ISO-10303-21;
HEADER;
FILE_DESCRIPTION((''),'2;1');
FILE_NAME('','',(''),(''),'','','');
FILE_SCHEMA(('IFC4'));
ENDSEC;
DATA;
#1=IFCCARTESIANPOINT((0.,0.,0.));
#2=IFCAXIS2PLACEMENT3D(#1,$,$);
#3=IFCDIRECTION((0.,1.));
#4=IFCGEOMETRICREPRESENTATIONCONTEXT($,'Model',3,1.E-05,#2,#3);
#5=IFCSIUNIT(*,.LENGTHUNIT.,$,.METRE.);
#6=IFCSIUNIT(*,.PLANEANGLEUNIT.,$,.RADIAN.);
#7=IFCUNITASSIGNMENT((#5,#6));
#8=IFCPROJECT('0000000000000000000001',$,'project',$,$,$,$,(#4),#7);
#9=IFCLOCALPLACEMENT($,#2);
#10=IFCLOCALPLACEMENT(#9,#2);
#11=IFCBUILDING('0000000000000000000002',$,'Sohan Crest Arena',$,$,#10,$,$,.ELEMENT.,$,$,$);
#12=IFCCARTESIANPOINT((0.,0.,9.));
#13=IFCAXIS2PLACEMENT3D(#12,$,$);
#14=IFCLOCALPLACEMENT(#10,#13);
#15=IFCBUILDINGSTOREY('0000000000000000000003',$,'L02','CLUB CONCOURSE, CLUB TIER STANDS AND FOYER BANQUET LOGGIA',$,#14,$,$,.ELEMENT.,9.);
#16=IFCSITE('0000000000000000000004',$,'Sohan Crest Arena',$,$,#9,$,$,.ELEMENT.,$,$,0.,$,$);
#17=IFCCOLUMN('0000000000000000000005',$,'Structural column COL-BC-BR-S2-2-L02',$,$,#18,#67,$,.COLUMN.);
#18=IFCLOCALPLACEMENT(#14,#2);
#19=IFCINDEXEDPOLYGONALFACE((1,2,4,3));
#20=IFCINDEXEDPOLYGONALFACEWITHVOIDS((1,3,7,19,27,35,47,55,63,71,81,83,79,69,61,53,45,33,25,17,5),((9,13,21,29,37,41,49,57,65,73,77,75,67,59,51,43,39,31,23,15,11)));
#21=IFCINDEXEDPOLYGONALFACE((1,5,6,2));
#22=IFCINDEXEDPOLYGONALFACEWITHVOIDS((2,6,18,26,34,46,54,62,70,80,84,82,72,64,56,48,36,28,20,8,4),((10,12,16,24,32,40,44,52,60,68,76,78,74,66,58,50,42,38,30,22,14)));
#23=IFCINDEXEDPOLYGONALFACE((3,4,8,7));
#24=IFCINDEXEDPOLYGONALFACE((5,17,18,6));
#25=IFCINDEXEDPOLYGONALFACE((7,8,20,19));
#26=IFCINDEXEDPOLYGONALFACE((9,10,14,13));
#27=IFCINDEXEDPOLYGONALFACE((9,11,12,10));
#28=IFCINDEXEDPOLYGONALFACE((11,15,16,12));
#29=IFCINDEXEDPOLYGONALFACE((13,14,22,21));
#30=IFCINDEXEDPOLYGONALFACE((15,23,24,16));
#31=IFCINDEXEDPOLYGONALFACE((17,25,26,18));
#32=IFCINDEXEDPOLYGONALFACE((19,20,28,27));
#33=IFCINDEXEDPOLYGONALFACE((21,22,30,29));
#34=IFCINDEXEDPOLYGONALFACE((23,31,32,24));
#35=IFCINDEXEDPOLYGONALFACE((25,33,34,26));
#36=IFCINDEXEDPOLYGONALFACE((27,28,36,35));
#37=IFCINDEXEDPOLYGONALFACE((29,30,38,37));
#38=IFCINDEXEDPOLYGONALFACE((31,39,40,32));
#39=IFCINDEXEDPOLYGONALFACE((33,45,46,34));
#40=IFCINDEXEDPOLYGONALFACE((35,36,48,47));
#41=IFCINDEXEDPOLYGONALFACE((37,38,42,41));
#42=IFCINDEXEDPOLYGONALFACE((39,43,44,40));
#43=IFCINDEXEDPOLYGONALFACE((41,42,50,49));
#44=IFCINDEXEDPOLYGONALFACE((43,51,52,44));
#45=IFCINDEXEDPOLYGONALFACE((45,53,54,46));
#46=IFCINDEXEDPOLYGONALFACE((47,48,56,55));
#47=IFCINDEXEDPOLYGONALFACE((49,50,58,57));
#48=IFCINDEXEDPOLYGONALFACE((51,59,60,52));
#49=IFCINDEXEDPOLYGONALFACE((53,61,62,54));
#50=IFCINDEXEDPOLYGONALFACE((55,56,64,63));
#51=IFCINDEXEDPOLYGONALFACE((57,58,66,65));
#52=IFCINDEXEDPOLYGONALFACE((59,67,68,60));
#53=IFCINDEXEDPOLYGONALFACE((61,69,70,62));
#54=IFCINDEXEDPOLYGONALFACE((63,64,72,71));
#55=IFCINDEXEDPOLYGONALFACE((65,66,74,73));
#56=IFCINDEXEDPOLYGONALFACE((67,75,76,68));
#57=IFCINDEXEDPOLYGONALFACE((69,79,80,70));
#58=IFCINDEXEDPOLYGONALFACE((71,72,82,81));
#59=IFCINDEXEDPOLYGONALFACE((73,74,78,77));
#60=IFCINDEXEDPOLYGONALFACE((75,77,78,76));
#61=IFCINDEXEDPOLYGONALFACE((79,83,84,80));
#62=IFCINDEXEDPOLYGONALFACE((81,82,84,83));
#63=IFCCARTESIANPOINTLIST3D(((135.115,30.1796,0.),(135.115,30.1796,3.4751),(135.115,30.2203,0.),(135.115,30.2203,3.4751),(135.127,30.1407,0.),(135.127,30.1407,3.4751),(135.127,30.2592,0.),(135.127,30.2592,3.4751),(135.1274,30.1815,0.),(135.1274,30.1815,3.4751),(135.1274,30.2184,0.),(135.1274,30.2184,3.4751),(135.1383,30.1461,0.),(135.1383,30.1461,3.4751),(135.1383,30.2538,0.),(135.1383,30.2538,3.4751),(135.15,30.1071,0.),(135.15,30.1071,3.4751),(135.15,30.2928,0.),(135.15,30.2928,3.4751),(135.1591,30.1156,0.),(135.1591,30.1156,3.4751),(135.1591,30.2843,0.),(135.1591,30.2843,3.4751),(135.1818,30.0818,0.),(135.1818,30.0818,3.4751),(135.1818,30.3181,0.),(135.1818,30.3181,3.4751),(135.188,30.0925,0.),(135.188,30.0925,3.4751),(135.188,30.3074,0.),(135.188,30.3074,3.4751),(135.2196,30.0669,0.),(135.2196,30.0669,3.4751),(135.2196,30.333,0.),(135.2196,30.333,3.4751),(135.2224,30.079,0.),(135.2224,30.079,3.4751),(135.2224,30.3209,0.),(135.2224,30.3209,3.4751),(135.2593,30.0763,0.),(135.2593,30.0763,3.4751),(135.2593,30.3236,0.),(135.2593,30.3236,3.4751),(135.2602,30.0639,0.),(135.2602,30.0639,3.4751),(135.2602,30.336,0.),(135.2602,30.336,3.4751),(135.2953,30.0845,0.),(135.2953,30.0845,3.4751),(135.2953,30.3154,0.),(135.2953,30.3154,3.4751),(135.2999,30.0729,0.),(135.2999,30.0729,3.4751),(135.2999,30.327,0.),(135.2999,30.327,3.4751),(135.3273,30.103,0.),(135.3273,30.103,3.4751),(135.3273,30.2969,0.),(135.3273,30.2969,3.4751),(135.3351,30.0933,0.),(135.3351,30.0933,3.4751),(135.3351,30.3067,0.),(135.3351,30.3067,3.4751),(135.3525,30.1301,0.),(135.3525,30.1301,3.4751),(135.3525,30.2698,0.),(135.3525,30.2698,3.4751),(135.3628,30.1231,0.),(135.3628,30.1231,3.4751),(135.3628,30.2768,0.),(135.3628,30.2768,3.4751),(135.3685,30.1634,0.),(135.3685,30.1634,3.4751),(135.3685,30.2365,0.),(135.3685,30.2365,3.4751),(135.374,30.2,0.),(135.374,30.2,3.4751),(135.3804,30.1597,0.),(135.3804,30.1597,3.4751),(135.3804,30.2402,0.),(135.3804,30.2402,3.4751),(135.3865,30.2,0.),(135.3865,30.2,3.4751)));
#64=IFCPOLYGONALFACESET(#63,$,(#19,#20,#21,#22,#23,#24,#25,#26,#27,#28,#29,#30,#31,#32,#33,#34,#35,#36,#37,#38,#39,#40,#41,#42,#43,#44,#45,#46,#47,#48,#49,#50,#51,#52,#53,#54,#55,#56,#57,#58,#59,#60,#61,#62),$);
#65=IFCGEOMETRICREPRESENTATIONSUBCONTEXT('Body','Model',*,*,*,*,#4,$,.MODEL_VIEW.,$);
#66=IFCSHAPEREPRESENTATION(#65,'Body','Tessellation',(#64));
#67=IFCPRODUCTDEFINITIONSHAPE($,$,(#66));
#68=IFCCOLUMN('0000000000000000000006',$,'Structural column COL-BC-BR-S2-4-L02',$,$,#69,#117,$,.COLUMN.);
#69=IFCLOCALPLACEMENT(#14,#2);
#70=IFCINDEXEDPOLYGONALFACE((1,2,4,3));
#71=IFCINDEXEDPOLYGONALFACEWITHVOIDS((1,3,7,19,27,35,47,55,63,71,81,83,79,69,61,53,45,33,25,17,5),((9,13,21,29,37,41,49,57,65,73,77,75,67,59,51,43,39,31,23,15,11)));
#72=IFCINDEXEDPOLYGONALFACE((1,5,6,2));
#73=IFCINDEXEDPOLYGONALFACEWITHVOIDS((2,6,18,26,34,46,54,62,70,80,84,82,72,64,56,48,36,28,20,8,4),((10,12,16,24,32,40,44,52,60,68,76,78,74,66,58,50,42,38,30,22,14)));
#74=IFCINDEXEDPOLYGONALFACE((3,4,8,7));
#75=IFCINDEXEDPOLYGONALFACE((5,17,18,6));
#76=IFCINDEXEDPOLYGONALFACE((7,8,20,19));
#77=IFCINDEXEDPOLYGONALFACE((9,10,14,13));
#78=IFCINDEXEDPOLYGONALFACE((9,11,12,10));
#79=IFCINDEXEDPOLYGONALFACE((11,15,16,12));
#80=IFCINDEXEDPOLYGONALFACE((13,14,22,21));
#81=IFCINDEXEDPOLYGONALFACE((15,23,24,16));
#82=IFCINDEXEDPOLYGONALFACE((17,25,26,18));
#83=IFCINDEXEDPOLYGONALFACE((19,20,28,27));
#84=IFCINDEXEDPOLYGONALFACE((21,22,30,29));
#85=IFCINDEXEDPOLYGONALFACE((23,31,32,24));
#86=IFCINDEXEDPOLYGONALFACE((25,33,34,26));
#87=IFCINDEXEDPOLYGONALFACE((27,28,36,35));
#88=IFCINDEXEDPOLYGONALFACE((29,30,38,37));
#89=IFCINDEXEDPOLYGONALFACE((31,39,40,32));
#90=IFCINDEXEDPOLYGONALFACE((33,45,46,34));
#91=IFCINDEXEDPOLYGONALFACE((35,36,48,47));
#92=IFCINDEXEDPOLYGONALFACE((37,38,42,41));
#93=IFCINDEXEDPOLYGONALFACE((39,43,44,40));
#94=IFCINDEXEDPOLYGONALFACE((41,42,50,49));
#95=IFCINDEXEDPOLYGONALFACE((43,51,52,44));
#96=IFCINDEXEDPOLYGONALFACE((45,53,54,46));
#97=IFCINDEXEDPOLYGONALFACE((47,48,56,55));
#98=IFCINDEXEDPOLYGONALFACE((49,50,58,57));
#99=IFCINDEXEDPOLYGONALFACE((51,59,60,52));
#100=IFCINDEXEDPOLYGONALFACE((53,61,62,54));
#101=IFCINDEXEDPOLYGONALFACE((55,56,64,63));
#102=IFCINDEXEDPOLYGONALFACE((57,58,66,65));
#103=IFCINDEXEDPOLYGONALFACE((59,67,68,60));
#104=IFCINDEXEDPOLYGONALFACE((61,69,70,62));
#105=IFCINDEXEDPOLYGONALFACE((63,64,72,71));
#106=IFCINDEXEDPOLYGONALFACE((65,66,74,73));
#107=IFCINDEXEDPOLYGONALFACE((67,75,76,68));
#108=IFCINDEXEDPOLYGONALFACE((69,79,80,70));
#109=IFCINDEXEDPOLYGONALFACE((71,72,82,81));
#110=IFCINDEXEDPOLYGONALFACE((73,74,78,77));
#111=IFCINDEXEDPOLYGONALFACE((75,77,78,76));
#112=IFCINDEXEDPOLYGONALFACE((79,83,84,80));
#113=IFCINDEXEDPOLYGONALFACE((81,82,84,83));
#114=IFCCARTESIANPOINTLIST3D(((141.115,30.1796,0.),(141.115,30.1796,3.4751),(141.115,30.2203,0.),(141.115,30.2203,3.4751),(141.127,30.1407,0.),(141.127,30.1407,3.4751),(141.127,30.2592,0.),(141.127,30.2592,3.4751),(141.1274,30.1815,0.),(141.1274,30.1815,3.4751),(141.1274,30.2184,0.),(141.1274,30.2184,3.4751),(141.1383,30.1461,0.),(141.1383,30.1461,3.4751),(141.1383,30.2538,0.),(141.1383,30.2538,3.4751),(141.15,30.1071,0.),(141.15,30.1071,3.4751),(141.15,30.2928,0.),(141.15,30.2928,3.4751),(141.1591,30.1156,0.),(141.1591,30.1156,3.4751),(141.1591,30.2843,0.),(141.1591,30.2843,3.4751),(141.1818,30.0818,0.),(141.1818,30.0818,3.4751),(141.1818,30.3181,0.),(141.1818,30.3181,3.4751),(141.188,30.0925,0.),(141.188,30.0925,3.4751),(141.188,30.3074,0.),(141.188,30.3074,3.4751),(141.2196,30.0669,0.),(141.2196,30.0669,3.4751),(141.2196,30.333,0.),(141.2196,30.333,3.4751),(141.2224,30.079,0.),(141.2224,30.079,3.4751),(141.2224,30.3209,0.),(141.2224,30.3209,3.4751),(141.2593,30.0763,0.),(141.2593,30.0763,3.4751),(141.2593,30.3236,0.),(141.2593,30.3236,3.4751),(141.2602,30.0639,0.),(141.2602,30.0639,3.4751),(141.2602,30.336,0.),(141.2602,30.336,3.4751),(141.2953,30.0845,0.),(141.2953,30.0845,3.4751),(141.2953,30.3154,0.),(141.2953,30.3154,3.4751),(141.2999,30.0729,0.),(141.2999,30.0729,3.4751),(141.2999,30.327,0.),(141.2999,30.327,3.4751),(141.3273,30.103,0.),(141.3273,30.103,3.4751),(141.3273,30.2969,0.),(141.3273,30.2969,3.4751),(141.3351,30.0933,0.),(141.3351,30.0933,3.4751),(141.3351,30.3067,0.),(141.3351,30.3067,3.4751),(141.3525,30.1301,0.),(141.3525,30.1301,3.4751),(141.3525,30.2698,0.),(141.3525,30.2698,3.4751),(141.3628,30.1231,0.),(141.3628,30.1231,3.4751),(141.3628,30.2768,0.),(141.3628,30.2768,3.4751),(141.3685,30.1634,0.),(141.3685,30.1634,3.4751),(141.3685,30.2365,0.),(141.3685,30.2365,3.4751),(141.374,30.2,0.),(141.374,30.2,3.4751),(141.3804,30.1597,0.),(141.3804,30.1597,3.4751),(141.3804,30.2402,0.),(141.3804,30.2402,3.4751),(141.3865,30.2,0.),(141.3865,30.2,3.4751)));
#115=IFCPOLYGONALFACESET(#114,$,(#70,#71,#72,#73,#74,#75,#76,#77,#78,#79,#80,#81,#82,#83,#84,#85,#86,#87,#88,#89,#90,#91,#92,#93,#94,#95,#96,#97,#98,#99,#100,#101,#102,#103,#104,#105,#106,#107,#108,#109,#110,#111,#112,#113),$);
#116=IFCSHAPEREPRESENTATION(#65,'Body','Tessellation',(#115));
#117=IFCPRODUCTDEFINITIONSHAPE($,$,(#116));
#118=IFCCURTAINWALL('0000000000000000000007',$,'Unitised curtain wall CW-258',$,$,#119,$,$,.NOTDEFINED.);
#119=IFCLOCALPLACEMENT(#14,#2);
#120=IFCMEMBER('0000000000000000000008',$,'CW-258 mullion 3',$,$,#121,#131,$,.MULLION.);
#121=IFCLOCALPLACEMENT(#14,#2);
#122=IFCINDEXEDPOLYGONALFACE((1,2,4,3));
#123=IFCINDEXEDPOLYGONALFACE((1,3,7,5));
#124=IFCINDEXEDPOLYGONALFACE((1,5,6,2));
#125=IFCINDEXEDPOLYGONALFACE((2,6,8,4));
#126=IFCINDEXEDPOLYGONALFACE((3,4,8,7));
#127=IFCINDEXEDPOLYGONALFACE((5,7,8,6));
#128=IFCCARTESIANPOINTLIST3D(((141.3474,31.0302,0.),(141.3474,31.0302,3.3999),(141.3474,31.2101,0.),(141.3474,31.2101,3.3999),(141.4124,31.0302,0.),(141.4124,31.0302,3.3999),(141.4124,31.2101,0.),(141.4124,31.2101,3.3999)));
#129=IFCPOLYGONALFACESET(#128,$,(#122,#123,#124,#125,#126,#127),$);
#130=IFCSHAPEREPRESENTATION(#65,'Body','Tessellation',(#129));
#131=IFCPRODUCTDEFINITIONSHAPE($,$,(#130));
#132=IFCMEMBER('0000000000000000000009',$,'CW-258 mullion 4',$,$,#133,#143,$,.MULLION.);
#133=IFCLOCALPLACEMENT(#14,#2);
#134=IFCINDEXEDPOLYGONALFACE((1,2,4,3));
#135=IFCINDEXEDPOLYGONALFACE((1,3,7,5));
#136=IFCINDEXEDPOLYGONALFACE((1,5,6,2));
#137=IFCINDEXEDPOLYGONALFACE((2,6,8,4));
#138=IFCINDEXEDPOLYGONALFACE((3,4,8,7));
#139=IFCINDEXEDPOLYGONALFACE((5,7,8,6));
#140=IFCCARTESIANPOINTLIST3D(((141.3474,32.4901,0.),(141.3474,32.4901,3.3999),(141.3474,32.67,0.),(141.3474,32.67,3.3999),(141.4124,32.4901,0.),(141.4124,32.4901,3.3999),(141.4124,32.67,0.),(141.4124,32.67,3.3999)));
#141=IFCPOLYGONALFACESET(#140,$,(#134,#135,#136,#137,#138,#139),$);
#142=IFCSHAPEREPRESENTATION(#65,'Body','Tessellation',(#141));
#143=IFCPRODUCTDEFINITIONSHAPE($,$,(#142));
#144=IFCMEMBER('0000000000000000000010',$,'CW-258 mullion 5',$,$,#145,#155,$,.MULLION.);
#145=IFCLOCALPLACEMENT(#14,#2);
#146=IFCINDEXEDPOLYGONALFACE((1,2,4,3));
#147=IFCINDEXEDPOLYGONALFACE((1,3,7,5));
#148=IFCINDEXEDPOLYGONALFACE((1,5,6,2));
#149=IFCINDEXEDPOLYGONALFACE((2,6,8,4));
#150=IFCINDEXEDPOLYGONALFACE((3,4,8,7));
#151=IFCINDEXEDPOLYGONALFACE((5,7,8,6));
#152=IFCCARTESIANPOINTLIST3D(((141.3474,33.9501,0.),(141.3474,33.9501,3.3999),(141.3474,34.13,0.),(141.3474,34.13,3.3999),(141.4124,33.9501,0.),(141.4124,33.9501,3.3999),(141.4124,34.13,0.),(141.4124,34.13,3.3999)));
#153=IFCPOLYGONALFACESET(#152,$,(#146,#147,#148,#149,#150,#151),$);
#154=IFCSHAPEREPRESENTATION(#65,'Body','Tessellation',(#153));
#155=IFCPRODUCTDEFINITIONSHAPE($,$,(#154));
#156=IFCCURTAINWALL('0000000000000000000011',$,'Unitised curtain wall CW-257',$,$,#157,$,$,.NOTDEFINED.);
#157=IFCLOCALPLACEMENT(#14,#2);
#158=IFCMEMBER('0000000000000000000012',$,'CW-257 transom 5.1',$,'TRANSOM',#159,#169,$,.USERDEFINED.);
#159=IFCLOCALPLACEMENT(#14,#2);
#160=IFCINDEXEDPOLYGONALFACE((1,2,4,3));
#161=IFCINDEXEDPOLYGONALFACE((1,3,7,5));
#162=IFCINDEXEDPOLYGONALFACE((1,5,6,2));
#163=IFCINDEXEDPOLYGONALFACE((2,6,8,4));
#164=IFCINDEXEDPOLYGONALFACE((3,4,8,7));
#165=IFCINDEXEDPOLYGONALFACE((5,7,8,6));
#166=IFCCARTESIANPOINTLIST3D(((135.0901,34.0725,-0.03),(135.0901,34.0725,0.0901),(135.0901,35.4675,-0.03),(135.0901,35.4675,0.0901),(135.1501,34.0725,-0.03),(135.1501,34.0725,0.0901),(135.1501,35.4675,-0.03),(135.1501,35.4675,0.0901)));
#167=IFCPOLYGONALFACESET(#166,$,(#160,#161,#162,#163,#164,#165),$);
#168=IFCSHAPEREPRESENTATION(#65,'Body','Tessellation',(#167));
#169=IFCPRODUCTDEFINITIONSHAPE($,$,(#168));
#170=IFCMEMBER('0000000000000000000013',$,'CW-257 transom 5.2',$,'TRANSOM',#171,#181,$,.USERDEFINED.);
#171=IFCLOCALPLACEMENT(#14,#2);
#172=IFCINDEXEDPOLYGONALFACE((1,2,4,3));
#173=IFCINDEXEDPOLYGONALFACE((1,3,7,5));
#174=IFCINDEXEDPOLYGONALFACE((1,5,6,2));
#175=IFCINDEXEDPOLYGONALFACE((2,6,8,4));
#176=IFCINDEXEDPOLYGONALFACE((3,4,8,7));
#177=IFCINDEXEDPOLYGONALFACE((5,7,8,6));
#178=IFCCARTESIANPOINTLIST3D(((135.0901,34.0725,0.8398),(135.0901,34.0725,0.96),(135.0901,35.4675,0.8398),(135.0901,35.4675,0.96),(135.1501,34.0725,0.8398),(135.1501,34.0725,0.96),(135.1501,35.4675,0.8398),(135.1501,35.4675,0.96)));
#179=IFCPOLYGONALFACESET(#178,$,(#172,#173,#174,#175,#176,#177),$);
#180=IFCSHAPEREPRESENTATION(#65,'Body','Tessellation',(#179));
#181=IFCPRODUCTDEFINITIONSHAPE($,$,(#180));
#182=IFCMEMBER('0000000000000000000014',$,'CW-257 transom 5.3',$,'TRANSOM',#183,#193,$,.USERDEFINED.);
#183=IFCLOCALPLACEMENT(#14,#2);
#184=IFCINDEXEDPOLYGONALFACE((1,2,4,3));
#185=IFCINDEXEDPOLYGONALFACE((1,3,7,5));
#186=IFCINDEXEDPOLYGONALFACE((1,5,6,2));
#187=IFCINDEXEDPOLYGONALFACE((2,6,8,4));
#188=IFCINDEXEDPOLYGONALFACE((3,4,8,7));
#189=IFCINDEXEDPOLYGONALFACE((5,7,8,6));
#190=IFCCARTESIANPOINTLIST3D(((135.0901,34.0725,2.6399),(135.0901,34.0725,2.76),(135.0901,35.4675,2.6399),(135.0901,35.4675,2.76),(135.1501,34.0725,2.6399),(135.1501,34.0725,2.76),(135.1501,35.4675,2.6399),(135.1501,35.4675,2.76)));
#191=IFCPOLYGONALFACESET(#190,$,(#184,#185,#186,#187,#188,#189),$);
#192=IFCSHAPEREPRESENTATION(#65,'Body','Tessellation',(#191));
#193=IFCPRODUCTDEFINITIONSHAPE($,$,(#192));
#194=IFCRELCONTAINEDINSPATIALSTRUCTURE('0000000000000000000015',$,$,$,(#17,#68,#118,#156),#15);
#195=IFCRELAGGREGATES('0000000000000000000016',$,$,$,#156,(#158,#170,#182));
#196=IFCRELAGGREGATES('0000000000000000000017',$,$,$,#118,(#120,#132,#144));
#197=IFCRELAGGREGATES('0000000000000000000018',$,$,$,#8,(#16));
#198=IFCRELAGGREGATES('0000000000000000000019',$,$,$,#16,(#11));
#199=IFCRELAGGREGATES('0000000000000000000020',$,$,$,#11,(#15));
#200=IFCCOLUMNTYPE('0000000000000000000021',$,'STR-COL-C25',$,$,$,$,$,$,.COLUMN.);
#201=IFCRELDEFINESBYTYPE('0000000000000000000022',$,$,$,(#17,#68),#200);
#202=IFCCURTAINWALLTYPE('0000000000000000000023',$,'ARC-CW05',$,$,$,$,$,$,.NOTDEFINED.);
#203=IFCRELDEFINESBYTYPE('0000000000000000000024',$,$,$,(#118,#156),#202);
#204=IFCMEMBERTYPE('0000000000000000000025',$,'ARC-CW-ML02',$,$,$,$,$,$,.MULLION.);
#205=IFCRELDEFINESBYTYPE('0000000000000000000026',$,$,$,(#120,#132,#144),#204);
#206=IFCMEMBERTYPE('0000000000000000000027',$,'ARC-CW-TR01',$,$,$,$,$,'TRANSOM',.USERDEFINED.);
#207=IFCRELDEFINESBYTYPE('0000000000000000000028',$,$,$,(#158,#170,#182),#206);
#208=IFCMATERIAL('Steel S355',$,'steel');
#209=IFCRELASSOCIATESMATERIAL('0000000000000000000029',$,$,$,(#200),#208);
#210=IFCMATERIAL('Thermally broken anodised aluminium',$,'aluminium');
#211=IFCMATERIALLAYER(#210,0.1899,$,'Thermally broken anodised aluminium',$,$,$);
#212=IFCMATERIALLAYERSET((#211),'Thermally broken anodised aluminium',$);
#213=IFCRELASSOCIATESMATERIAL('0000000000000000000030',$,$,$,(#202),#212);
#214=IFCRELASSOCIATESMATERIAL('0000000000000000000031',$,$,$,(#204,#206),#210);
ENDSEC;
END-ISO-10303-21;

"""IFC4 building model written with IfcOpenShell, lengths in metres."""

from ifc_helpers import new_model, si_unit, direction, frame, origin, origin_2d, place, context, subcontext, project, spatial, rectangle, hollow_circle, extrude, material, layer, layer_set, material_profile, profile_set, type_object, element, aggregate, save


model = new_model("IFC4")

# Units and contexts
model_context = context("Model", 3, precision=1e-05, world=origin(), true_north=direction((0.0, 1.0)))
body_context = subcontext(model_context, "Body", "Model", "MODEL_VIEW")
ifc_project = project(units=[si_unit("LENGTHUNIT", "METRE"), si_unit("PLANEANGLEUNIT", "RADIAN")], contexts=[model_context])

# Site, building, storey
site_placement = place(None, origin())
site = spatial("IfcSite", under=ifc_project, at=site_placement, Name="Sohan Crest Arena", CompositionType="ELEMENT", RefElevation=0.0)
building_placement = place(site_placement, origin())
building = spatial("IfcBuilding", under=site, at=building_placement, Name="Sohan Crest Arena", CompositionType="ELEMENT")
storey_placement = place(building_placement, frame((0.0, 0.0, 9.0)))
storey = spatial("IfcBuildingStorey", under=building, at=storey_placement, Name="L02", Description="CLUB CONCOURSE, CLUB TIER STANDS AND FOYER BANQUET LOGGIA", CompositionType="ELEMENT", Elevation=9.0)

# Columns
ifc_material_1 = material(Name="Steel S355", Category="steel")
ifc_material_profile_1 = material_profile(ifc_material_1, hollow_circle(Radius=0.1365, WallThickness=0.0125, at=origin_2d()), Name="CHS 273x12.5")
ifc_profile_set_1 = profile_set([ifc_material_profile_1], Name="Steel S355")
column_type = type_object("IfcColumnType", Name="STR-COL-C25", PredefinedType="COLUMN", material=ifc_profile_set_1)
for number, where, z_axis, x_axis, name in (
    (1, (135.25, 30.2, 0.0), (0.0, 0.0, 1.0), (1.0, 0.0, 0.0), "Structural column COL-BC-BR-S2-2-L02"),
    (2, (141.25, 30.2, 0.0), (0.0, 0.0, 1.0), (1.0, 0.0, 0.0), "Structural column COL-BC-BR-S2-4-L02"),
):
    element("IfcColumn", number, at=place(storey_placement, frame(where, z_axis=z_axis, x_axis=x_axis)), inside=storey, type_object=column_type, Name=name, PredefinedType="COLUMN", context=body_context, shape_type="SweptSolid", body=[
        extrude(hollow_circle(Radius=0.1365, WallThickness=0.0125, at=origin_2d()), origin(), (0.0, 0.0, 1.0), 3.4751),
    ])

# Curtain walls, members
ifc_material_2 = material(Name="Thermally broken anodised aluminium", Category="aluminium")
ifc_layer_1 = layer(ifc_material_2, 0.1899, Name="Thermally broken anodised aluminium")
ifc_layer_set_1 = layer_set([ifc_layer_1], Name="Thermally broken anodised aluminium")
curtain_wall_type = type_object("IfcCurtainWallType", Name="ARC-CW05", PredefinedType="NOTDEFINED", material=ifc_layer_set_1)
curtain_wall_1_placement = place(storey_placement, origin())
curtain_wall_1 = element("IfcCurtainWall", 3, at=curtain_wall_1_placement, inside=storey, type_object=curtain_wall_type, Name="Unitised curtain wall CW-258", PredefinedType="NOTDEFINED")
ifc_material_profile_2 = material_profile(ifc_material_2, rectangle(XDim=0.0649, YDim=0.1799, at=origin_2d()), Name="ALU-MULL 65x180")
ifc_profile_set_2 = profile_set([ifc_material_profile_2], Name="Thermally broken anodised aluminium")
member_type_1 = type_object("IfcMemberType", Name="ARC-CW-ML02", PredefinedType="MULLION", material=ifc_profile_set_2)
member_1_placement = place(storey_placement, frame((141.3799, 31.1201, 0.0), z_axis=(0.0, 0.0, 1.0), x_axis=(-1.0, 0.0, 0.0)))
member_1 = element("IfcMember", 4, at=member_1_placement, type_object=member_type_1, Name="CW-258 mullion 3", PredefinedType="MULLION", context=body_context, shape_type="SweptSolid", body=[
    extrude(rectangle(XDim=0.0649, YDim=0.1799, at=origin_2d()), origin(), (0.0, 0.0, 1.0), 3.3999),
])
member_2_placement = place(storey_placement, frame((141.3799, 32.5801, 0.0), z_axis=(0.0, 0.0, 1.0), x_axis=(-1.0, 0.0, 0.0)))
member_2 = element("IfcMember", 5, at=member_2_placement, type_object=member_type_1, Name="CW-258 mullion 4", PredefinedType="MULLION", context=body_context, shape_type="SweptSolid", body=[
    extrude(rectangle(XDim=0.0649, YDim=0.1799, at=origin_2d()), origin(), (0.0, 0.0, 1.0), 3.3999),
])
member_3_placement = place(storey_placement, frame((141.3799, 34.04, 0.0), z_axis=(0.0, 0.0, 1.0), x_axis=(-1.0, 0.0, 0.0)))
member_3 = element("IfcMember", 6, at=member_3_placement, type_object=member_type_1, Name="CW-258 mullion 5", PredefinedType="MULLION", context=body_context, shape_type="SweptSolid", body=[
    extrude(rectangle(XDim=0.0649, YDim=0.1799, at=origin_2d()), origin(), (0.0, 0.0, 1.0), 3.3999),
])
curtain_wall_2_placement = place(storey_placement, origin())
curtain_wall_2 = element("IfcCurtainWall", 7, at=curtain_wall_2_placement, inside=storey, type_object=curtain_wall_type, Name="Unitised curtain wall CW-257", PredefinedType="NOTDEFINED")
ifc_material_profile_3 = material_profile(ifc_material_2, rectangle(XDim=0.0601, YDim=0.1201, at=origin_2d()), Name="ALU-TRAN 60x120")
ifc_profile_set_3 = profile_set([ifc_material_profile_3], Name="Thermally broken anodised aluminium")
member_type_2 = type_object("IfcMemberType", Name="ARC-CW-TR01", ElementType="TRANSOM", PredefinedType="USERDEFINED", material=ifc_profile_set_3)
member_4_placement = place(storey_placement, frame((135.1201, 34.0725, 0.03), z_axis=(0.0, 1.0, 0.0), x_axis=(-1.0, 0.0, 0.0)))
member_4 = element("IfcMember", 8, at=member_4_placement, type_object=member_type_2, Name="CW-257 transom 5.1", ObjectType="TRANSOM", PredefinedType="USERDEFINED", context=body_context, shape_type="SweptSolid", body=[
    extrude(rectangle(XDim=0.0601, YDim=0.1201, at=origin_2d()), origin(), (0.0, 0.0, 1.0), 1.395),
])
member_5_placement = place(storey_placement, frame((135.1201, 34.0725, 0.8999), z_axis=(0.0, 1.0, 0.0), x_axis=(-1.0, 0.0, 0.0)))
member_5 = element("IfcMember", 9, at=member_5_placement, type_object=member_type_2, Name="CW-257 transom 5.2", ObjectType="TRANSOM", PredefinedType="USERDEFINED", context=body_context, shape_type="SweptSolid", body=[
    extrude(rectangle(XDim=0.0601, YDim=0.1201, at=origin_2d()), origin(), (0.0, 0.0, 1.0), 1.395),
])
member_6_placement = place(storey_placement, frame((135.1201, 34.0725, 2.7), z_axis=(0.0, 1.0, 0.0), x_axis=(-1.0, 0.0, 0.0)))
member_6 = element("IfcMember", 10, at=member_6_placement, type_object=member_type_2, Name="CW-257 transom 5.3", ObjectType="TRANSOM", PredefinedType="USERDEFINED", context=body_context, shape_type="SweptSolid", body=[
    extrude(rectangle(XDim=0.0601, YDim=0.1201, at=origin_2d()), origin(), (0.0, 0.0, 1.0), 1.395),
])
aggregate(curtain_wall_2, [member_4, member_5, member_6])

aggregate(curtain_wall_1, [member_1, member_2, member_3])

save(model, "model.ifc")
